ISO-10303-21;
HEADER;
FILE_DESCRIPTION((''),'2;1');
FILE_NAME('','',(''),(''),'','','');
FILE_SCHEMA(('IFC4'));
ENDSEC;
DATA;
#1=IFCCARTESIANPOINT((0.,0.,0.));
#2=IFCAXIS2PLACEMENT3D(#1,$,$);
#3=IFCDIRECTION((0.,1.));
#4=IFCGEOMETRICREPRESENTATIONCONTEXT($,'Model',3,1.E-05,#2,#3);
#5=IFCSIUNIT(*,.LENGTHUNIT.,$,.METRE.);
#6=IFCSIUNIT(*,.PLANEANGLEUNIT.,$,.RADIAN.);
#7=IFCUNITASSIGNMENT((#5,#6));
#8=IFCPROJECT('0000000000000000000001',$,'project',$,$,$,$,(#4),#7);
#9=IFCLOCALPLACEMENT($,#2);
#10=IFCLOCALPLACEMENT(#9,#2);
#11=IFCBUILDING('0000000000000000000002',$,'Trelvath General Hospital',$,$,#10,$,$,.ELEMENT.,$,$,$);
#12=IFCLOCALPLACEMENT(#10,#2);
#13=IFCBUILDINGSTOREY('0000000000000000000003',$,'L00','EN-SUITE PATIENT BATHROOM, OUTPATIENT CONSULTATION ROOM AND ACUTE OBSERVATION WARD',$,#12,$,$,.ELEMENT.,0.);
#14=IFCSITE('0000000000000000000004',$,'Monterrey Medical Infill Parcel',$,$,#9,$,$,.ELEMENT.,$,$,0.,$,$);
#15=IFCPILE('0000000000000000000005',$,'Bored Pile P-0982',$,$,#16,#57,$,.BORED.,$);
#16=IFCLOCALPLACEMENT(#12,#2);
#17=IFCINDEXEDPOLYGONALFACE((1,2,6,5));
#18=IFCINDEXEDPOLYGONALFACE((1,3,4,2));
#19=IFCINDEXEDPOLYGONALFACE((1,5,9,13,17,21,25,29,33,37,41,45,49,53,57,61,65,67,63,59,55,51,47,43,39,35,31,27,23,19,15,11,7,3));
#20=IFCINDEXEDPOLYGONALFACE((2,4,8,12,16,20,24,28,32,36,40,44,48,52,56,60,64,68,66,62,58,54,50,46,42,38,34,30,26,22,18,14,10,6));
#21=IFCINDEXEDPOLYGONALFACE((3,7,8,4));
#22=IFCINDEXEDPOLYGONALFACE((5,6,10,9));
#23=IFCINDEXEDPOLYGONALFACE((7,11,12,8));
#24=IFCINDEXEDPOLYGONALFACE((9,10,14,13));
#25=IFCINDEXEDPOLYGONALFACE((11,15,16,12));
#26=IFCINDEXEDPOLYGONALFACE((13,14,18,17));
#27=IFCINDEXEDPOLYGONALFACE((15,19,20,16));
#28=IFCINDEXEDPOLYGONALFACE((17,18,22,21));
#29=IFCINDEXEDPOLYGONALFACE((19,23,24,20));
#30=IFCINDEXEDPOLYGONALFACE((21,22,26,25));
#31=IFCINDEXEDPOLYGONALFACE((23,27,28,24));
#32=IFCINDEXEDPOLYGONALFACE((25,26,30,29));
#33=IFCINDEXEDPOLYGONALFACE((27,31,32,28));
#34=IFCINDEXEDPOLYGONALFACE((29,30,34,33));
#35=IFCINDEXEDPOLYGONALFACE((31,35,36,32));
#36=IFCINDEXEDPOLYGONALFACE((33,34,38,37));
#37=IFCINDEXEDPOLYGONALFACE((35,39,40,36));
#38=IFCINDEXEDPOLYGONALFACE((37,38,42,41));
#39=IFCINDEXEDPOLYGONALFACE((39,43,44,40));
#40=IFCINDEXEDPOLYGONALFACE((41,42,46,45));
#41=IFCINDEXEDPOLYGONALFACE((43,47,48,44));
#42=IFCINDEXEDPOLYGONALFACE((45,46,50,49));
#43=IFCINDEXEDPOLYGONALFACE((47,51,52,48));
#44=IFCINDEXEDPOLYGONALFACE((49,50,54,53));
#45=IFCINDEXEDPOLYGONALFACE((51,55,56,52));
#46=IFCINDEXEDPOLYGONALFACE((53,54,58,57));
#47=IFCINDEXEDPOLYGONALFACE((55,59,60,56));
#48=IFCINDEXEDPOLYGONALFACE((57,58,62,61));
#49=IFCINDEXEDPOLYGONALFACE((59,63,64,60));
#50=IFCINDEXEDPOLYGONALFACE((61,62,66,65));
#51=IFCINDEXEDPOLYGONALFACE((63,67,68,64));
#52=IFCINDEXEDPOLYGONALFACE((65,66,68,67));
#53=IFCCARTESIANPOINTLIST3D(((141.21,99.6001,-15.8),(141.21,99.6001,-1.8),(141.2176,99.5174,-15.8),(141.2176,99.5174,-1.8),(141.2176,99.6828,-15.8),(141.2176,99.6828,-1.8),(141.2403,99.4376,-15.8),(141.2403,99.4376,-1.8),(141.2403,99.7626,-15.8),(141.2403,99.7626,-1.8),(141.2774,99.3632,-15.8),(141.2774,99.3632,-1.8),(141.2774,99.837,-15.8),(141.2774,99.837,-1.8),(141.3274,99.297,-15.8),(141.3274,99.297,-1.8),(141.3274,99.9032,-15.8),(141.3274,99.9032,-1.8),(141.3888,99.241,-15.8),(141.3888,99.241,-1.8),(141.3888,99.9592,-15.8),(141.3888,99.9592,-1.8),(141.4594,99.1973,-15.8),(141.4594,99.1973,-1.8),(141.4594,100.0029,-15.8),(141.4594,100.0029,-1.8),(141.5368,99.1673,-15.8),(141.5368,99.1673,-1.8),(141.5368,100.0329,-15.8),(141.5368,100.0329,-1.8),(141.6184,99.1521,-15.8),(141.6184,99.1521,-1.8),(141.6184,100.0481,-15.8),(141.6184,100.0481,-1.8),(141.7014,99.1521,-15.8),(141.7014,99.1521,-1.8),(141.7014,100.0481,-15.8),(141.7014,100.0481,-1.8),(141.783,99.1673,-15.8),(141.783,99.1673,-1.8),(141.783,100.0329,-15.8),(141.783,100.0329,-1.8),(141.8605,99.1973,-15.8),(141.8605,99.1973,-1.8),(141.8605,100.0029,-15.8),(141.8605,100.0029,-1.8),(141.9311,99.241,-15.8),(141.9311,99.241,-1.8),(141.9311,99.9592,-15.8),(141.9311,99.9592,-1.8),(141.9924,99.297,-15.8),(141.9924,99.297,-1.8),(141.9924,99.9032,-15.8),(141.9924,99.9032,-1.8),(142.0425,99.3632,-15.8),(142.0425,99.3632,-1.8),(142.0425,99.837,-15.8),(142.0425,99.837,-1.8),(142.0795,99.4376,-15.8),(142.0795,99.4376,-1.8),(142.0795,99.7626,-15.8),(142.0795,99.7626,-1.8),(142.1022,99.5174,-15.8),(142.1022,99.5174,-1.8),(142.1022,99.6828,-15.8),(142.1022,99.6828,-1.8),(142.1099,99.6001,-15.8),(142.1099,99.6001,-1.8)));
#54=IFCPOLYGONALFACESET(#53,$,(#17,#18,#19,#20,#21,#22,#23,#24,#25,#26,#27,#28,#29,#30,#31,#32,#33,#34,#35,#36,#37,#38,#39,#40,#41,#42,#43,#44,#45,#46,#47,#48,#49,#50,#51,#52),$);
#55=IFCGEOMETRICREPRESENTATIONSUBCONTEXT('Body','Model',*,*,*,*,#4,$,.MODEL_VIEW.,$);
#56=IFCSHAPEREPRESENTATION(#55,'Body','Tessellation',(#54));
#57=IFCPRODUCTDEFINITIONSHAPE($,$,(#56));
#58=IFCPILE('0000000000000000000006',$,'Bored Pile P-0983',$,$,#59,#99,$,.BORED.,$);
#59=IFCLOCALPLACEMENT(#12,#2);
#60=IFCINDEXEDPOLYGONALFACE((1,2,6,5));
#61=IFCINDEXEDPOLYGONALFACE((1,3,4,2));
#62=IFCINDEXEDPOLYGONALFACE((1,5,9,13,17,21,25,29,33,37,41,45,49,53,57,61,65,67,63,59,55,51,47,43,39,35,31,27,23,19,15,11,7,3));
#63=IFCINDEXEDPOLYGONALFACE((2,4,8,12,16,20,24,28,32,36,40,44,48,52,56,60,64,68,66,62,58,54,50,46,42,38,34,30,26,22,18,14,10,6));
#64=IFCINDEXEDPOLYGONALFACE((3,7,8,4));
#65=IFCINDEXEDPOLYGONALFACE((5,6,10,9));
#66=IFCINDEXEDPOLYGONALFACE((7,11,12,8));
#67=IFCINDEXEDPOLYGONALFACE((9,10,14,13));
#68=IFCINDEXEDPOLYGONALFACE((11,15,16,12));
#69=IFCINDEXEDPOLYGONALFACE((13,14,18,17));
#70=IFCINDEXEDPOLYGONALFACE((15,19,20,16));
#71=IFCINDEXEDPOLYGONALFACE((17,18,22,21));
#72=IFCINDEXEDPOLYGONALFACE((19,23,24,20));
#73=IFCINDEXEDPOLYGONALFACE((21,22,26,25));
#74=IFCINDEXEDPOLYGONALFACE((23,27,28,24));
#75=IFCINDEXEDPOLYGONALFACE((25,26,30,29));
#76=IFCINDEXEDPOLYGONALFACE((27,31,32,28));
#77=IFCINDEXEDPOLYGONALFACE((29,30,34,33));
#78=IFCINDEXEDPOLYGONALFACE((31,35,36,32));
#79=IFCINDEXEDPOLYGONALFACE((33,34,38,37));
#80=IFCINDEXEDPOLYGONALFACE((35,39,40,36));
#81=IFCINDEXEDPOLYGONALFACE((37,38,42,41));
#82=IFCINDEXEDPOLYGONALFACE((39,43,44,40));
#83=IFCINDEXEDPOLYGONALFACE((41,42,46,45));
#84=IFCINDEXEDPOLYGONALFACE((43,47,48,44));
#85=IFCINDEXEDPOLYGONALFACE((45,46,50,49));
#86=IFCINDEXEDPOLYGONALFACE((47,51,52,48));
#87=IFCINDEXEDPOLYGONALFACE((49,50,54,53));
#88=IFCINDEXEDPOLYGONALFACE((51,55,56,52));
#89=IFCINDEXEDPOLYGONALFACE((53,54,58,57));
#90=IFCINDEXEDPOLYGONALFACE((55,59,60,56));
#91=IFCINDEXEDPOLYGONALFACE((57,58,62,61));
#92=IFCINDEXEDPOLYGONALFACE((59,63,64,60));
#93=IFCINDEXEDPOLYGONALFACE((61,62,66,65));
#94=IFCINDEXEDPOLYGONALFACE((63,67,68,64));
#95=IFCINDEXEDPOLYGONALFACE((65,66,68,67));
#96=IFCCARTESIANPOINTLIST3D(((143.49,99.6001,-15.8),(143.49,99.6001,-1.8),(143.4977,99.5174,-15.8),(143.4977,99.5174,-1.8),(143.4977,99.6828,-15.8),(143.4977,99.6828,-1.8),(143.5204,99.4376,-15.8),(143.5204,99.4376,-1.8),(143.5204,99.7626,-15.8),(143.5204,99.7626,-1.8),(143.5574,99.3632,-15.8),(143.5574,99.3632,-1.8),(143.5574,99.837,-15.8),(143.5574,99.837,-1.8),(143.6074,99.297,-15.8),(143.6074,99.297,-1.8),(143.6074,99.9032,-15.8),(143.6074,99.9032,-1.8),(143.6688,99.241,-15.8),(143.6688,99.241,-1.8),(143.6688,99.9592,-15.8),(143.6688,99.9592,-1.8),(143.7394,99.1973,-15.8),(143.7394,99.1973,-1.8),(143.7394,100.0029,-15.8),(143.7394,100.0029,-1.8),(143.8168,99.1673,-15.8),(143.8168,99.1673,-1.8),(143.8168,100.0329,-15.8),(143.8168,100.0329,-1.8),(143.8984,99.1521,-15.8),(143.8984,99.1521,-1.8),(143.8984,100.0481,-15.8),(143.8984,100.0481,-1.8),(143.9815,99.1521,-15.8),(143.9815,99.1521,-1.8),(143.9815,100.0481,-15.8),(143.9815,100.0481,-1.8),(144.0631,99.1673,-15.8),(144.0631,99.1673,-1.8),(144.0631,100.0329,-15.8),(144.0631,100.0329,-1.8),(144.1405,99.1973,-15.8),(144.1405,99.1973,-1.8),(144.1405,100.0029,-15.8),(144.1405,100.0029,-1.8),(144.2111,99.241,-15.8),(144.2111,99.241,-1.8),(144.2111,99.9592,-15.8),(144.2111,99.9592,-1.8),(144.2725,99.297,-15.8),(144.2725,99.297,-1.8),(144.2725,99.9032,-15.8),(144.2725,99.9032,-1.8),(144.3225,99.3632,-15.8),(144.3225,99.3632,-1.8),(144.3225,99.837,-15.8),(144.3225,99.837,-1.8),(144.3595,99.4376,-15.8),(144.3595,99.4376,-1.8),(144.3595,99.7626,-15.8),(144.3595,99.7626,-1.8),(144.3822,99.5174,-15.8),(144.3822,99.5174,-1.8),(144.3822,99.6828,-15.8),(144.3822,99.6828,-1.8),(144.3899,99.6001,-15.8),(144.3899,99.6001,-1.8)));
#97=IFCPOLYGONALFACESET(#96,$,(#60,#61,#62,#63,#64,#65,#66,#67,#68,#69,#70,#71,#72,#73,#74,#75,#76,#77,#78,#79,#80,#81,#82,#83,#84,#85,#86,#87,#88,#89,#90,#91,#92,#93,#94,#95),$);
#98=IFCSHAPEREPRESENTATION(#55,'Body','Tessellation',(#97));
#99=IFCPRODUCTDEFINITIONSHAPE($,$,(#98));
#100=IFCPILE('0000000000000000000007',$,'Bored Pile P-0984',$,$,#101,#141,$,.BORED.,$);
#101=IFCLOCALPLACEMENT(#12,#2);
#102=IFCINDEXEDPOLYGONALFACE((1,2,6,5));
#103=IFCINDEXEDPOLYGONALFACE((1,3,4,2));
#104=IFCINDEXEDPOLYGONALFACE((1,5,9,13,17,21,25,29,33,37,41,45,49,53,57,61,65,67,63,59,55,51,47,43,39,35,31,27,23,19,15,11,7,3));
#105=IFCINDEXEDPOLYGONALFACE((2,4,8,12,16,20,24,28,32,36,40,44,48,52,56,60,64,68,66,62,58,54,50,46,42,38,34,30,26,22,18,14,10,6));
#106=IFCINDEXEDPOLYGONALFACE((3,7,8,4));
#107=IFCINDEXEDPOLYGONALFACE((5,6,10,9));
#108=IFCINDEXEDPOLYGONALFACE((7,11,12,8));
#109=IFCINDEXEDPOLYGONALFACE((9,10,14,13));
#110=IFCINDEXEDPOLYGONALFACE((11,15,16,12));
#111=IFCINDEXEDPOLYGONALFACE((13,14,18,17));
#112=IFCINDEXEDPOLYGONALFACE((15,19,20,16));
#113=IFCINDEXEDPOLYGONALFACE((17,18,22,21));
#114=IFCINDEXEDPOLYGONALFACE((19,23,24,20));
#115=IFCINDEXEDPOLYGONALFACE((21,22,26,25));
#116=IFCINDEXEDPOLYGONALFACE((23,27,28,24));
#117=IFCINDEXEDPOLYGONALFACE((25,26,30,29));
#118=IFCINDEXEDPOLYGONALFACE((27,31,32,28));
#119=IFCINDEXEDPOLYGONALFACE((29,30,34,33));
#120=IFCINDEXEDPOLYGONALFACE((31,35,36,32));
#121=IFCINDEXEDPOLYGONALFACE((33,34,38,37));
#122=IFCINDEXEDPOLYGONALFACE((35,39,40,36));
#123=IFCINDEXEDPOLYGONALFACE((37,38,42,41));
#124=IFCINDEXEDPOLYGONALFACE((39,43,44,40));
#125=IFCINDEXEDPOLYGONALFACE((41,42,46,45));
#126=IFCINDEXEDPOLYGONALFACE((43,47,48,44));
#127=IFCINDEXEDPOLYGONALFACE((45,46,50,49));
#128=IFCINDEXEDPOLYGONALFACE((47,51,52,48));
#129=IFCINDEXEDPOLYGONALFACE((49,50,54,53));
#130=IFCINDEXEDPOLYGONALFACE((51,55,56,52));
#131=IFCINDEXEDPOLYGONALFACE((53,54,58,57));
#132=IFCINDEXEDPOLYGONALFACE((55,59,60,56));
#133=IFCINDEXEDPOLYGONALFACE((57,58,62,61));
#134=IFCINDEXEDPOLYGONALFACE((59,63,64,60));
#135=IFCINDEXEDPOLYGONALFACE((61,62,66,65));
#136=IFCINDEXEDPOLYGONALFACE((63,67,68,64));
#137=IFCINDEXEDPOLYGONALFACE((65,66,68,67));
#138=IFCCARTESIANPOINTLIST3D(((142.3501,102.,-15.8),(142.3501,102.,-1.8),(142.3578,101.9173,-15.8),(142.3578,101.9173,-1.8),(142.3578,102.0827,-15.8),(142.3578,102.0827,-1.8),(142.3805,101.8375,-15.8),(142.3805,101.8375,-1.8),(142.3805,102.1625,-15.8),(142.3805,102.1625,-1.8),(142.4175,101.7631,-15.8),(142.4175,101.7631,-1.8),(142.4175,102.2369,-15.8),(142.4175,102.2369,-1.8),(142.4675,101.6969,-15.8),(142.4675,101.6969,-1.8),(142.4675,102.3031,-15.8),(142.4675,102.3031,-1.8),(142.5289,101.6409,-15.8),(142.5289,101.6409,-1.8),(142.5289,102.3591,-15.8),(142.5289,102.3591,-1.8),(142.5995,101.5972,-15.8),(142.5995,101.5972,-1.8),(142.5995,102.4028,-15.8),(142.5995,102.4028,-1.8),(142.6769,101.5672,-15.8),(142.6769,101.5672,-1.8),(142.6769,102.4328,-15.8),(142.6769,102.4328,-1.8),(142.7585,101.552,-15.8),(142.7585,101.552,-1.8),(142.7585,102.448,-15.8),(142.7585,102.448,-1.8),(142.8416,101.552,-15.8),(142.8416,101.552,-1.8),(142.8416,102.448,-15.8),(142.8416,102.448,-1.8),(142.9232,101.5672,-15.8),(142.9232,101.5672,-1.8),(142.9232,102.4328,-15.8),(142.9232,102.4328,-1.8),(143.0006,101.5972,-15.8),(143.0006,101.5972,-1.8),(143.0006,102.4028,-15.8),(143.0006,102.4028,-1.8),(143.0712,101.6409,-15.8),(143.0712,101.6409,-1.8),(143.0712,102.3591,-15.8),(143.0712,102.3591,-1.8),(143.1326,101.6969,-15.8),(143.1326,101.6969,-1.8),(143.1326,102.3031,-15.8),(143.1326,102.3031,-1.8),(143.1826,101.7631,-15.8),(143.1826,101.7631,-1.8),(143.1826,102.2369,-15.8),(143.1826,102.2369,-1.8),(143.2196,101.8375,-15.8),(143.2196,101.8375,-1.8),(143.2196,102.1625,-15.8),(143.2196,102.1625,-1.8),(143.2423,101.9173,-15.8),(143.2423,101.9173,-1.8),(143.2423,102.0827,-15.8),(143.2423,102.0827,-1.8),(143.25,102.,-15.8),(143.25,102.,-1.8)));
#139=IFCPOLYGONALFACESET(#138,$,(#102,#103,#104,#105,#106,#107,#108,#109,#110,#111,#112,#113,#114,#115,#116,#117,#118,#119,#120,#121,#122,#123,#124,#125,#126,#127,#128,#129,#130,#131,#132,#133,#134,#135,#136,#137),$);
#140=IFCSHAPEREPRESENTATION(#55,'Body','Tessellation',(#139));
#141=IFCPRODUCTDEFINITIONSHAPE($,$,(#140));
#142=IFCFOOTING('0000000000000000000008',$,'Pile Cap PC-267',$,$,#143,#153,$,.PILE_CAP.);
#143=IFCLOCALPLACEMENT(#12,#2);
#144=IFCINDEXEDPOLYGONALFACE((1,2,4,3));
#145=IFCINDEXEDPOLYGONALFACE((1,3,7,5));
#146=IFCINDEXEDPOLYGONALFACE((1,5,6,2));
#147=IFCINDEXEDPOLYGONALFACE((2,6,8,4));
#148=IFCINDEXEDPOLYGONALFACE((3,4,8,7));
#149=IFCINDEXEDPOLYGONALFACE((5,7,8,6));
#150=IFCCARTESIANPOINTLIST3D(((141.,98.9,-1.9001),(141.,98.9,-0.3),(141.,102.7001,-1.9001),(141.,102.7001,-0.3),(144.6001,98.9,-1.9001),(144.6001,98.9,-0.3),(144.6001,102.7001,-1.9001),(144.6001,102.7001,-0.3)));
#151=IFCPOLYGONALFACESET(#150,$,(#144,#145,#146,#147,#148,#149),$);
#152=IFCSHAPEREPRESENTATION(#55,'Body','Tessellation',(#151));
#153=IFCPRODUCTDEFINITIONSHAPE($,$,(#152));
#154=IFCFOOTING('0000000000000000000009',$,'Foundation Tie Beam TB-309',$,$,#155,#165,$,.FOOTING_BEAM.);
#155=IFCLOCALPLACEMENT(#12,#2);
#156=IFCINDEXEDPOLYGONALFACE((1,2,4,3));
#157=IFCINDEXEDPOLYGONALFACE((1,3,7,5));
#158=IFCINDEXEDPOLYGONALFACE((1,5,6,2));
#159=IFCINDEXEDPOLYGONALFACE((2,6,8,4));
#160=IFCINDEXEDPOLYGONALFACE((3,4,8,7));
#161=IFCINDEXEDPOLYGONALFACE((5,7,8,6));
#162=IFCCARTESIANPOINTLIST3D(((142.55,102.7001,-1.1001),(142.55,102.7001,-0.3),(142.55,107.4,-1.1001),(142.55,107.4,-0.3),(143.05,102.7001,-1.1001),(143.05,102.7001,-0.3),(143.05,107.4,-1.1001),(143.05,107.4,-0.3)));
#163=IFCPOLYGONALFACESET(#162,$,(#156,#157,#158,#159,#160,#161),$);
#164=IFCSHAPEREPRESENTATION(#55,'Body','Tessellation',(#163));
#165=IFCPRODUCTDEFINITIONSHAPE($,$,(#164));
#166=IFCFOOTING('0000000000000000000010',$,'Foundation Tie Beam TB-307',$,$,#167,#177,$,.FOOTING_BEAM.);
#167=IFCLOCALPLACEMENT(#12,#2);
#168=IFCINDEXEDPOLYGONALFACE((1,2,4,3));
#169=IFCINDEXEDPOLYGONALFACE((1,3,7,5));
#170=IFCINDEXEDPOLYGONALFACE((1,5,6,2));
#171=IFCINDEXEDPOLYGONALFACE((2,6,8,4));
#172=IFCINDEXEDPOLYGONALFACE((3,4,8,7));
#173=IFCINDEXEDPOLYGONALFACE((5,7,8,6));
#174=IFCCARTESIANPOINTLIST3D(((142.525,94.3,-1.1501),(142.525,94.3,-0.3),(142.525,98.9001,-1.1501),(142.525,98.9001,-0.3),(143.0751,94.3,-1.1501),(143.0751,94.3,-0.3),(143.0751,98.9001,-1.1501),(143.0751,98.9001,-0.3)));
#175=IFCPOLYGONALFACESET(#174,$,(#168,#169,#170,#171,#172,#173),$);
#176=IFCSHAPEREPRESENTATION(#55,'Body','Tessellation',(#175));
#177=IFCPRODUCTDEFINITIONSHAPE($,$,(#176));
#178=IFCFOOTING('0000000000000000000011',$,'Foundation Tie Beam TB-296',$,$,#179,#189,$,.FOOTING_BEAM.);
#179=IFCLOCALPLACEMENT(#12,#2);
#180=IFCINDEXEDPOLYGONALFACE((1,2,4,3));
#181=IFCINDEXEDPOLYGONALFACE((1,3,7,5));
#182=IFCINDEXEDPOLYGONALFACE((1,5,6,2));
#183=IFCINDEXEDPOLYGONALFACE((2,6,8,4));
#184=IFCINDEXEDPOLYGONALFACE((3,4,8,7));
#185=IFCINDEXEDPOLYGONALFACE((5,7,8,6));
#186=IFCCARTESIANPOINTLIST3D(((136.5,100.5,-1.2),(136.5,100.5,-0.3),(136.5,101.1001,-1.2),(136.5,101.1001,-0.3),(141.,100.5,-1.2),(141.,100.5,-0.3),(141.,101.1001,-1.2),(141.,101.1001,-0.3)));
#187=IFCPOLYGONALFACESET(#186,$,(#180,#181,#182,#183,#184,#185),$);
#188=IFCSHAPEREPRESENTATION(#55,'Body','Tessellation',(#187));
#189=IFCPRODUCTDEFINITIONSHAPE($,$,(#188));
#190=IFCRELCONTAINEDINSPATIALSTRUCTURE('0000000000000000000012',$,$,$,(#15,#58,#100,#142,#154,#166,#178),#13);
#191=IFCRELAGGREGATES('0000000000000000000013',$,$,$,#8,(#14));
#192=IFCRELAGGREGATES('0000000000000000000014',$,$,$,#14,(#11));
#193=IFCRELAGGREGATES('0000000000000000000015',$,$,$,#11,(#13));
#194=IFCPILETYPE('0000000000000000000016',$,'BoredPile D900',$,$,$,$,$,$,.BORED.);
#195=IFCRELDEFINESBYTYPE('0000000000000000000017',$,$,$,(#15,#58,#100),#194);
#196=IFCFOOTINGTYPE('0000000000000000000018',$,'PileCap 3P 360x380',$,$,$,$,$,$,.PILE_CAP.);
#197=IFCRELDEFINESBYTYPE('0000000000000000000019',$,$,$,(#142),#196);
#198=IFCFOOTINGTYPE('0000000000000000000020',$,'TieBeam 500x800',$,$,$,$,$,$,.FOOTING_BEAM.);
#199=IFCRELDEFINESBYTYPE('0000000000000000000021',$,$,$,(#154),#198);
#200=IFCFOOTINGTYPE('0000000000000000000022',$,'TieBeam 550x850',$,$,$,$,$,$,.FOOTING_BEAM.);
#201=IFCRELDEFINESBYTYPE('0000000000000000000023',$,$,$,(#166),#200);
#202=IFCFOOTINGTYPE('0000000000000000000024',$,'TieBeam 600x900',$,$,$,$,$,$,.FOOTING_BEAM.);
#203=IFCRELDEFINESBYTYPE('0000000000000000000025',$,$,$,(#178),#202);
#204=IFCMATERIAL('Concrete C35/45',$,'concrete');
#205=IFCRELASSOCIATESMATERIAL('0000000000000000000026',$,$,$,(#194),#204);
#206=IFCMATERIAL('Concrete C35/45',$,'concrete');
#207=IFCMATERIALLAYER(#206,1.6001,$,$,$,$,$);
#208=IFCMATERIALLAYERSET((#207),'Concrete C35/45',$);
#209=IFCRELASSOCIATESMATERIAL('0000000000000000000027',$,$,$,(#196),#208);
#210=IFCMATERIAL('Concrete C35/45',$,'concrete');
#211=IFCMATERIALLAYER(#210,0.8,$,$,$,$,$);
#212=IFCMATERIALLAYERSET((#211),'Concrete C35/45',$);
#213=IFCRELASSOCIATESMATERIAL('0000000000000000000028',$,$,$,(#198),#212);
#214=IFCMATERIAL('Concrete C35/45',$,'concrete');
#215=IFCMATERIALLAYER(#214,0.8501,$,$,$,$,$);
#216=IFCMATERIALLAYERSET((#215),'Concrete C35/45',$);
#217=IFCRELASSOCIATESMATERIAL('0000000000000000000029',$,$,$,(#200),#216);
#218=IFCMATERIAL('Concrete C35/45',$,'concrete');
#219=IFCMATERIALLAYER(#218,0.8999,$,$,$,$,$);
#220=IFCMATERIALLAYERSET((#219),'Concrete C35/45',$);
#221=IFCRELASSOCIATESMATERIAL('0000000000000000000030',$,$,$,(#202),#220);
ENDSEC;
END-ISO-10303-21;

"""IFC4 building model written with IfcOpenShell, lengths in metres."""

from ifc_helpers import new_model, si_unit, direction, frame, origin, origin_2d, place, context, subcontext, project, spatial, rectangle, circle, extrude, material, layer, layer_set, material_profile, profile_set, type_object, element, save


model = new_model("IFC4")

# Units and contexts
model_context = context("Model", 3, precision=1e-05, world=origin(), true_north=direction((0.0, 1.0)))
body_context = subcontext(model_context, "Body", "Model", "MODEL_VIEW")
ifc_project = project(units=[si_unit("LENGTHUNIT", "METRE"), si_unit("PLANEANGLEUNIT", "RADIAN")], contexts=[model_context])

# Site, building, storey
site_placement = place(None, origin())
site = spatial("IfcSite", under=ifc_project, at=site_placement, Name="Monterrey Medical Infill Parcel", CompositionType="ELEMENT", RefElevation=0.0)
building_placement = place(site_placement, origin())
building = spatial("IfcBuilding", under=site, at=building_placement, Name="Trelvath General Hospital", CompositionType="ELEMENT")
storey_placement = place(building_placement, origin())
storey = spatial("IfcBuildingStorey", under=building, at=storey_placement, Name="L00", Description="EN-SUITE PATIENT BATHROOM, OUTPATIENT CONSULTATION ROOM AND ACUTE OBSERVATION WARD", CompositionType="ELEMENT", Elevation=0.0)

# Piles
ifc_material_1 = material(Name="Concrete C35/45", Category="concrete")
ifc_material_profile_1 = material_profile(ifc_material_1, circle(Radius=0.45, at=origin_2d()), Name="PILE900")
ifc_profile_set_1 = profile_set([ifc_material_profile_1], Name="Concrete C35/45")
pile_type_1 = type_object("IfcPileType", Name="BoredPile D900", PredefinedType="BORED", material=ifc_profile_set_1)
for number, where, z_axis, x_axis, name in (
    (1, (141.6599, 99.6001, -1.8), (0.0, 0.0, -1.0), (1.0, 0.0, 0.0), "Bored Pile P-0982"),
    (2, (143.9399, 99.6001, -1.8), (0.0, 0.0, -1.0), (1.0, 0.0, 0.0), "Bored Pile P-0983"),
    (3, (142.8, 102.0, -1.8), (0.0, 0.0, -1.0), (1.0, 0.0, 0.0), "Bored Pile P-0984"),
):
    element("IfcPile", number, at=place(storey_placement, frame(where, z_axis=z_axis, x_axis=x_axis)), inside=storey, type_object=pile_type_1, Name=name, PredefinedType="BORED", context=body_context, shape_type="SweptSolid", body=[
        extrude(circle(Radius=0.45, at=origin_2d()), origin(), (0.0, 0.0, 1.0), 14.0),
    ])

# Footings
ifc_material_2 = material(Name="Concrete C35/45", Category="concrete")
ifc_layer_1 = layer(ifc_material_2, 1.6001)
ifc_layer_set_1 = layer_set([ifc_layer_1], Name="Concrete C35/45")
footing_type_1 = type_object("IfcFootingType", Name="PileCap 3P 360x380", PredefinedType="PILE_CAP", material=ifc_layer_set_1)
footing_1_placement = place(storey_placement, frame((142.8, 100.8, -1.9001), z_axis=(0.0, 0.0, 1.0), x_axis=(1.0, 0.0, 0.0)))
element("IfcFooting", 4, at=footing_1_placement, inside=storey, type_object=footing_type_1, Name="Pile Cap PC-267", PredefinedType="PILE_CAP", context=body_context, shape_type="SweptSolid", body=[
    extrude(rectangle(XDim=3.6001, YDim=3.8, at=origin_2d()), origin(), (0.0, 0.0, 1.0), 1.6001),
])
ifc_material_3 = material(Name="Concrete C35/45", Category="concrete")
ifc_layer_2 = layer(ifc_material_3, 0.8)
ifc_layer_set_2 = layer_set([ifc_layer_2], Name="Concrete C35/45")
footing_type_2 = type_object("IfcFootingType", Name="TieBeam 500x800", PredefinedType="FOOTING_BEAM", material=ifc_layer_set_2)
footing_2_placement = place(storey_placement, frame((142.8, 105.05, -1.1001), z_axis=(0.0, 0.0, 1.0), x_axis=(1.0, 0.0, 0.0)))
element("IfcFooting", 5, at=footing_2_placement, inside=storey, type_object=footing_type_2, Name="Foundation Tie Beam TB-309", PredefinedType="FOOTING_BEAM", context=body_context, shape_type="SweptSolid", body=[
    extrude(rectangle(XDim=0.5, YDim=4.7, at=origin_2d()), origin(), (0.0, 0.0, 1.0), 0.8),
])
ifc_material_4 = material(Name="Concrete C35/45", Category="concrete")
ifc_layer_3 = layer(ifc_material_4, 0.8501)
ifc_layer_set_3 = layer_set([ifc_layer_3], Name="Concrete C35/45")
footing_type_3 = type_object("IfcFootingType", Name="TieBeam 550x850", PredefinedType="FOOTING_BEAM", material=ifc_layer_set_3)
footing_3_placement = place(storey_placement, frame((142.8, 96.6001, -1.1501), z_axis=(0.0, 0.0, 1.0), x_axis=(1.0, 0.0, 0.0)))
element("IfcFooting", 6, at=footing_3_placement, inside=storey, type_object=footing_type_3, Name="Foundation Tie Beam TB-307", PredefinedType="FOOTING_BEAM", context=body_context, shape_type="SweptSolid", body=[
    extrude(rectangle(XDim=0.55, YDim=4.6001, at=origin_2d()), origin(), (0.0, 0.0, 1.0), 0.8501),
])
ifc_material_5 = material(Name="Concrete C35/45", Category="concrete")
ifc_layer_4 = layer(ifc_material_5, 0.8999)
ifc_layer_set_4 = layer_set([ifc_layer_4], Name="Concrete C35/45")
footing_type_4 = type_object("IfcFootingType", Name="TieBeam 600x900", PredefinedType="FOOTING_BEAM", material=ifc_layer_set_4)
footing_4_placement = place(storey_placement, frame((138.75, 100.8, -1.2), z_axis=(0.0, 0.0, 1.0), x_axis=(1.0, 0.0, 0.0)))
element("IfcFooting", 7, at=footing_4_placement, inside=storey, type_object=footing_type_4, Name="Foundation Tie Beam TB-296", PredefinedType="FOOTING_BEAM", context=body_context, shape_type="SweptSolid", body=[
    extrude(rectangle(XDim=4.5, YDim=0.6001, at=origin_2d()), origin(), (0.0, 0.0, 1.0), 0.8999),
])

save(model, "model.ifc")
